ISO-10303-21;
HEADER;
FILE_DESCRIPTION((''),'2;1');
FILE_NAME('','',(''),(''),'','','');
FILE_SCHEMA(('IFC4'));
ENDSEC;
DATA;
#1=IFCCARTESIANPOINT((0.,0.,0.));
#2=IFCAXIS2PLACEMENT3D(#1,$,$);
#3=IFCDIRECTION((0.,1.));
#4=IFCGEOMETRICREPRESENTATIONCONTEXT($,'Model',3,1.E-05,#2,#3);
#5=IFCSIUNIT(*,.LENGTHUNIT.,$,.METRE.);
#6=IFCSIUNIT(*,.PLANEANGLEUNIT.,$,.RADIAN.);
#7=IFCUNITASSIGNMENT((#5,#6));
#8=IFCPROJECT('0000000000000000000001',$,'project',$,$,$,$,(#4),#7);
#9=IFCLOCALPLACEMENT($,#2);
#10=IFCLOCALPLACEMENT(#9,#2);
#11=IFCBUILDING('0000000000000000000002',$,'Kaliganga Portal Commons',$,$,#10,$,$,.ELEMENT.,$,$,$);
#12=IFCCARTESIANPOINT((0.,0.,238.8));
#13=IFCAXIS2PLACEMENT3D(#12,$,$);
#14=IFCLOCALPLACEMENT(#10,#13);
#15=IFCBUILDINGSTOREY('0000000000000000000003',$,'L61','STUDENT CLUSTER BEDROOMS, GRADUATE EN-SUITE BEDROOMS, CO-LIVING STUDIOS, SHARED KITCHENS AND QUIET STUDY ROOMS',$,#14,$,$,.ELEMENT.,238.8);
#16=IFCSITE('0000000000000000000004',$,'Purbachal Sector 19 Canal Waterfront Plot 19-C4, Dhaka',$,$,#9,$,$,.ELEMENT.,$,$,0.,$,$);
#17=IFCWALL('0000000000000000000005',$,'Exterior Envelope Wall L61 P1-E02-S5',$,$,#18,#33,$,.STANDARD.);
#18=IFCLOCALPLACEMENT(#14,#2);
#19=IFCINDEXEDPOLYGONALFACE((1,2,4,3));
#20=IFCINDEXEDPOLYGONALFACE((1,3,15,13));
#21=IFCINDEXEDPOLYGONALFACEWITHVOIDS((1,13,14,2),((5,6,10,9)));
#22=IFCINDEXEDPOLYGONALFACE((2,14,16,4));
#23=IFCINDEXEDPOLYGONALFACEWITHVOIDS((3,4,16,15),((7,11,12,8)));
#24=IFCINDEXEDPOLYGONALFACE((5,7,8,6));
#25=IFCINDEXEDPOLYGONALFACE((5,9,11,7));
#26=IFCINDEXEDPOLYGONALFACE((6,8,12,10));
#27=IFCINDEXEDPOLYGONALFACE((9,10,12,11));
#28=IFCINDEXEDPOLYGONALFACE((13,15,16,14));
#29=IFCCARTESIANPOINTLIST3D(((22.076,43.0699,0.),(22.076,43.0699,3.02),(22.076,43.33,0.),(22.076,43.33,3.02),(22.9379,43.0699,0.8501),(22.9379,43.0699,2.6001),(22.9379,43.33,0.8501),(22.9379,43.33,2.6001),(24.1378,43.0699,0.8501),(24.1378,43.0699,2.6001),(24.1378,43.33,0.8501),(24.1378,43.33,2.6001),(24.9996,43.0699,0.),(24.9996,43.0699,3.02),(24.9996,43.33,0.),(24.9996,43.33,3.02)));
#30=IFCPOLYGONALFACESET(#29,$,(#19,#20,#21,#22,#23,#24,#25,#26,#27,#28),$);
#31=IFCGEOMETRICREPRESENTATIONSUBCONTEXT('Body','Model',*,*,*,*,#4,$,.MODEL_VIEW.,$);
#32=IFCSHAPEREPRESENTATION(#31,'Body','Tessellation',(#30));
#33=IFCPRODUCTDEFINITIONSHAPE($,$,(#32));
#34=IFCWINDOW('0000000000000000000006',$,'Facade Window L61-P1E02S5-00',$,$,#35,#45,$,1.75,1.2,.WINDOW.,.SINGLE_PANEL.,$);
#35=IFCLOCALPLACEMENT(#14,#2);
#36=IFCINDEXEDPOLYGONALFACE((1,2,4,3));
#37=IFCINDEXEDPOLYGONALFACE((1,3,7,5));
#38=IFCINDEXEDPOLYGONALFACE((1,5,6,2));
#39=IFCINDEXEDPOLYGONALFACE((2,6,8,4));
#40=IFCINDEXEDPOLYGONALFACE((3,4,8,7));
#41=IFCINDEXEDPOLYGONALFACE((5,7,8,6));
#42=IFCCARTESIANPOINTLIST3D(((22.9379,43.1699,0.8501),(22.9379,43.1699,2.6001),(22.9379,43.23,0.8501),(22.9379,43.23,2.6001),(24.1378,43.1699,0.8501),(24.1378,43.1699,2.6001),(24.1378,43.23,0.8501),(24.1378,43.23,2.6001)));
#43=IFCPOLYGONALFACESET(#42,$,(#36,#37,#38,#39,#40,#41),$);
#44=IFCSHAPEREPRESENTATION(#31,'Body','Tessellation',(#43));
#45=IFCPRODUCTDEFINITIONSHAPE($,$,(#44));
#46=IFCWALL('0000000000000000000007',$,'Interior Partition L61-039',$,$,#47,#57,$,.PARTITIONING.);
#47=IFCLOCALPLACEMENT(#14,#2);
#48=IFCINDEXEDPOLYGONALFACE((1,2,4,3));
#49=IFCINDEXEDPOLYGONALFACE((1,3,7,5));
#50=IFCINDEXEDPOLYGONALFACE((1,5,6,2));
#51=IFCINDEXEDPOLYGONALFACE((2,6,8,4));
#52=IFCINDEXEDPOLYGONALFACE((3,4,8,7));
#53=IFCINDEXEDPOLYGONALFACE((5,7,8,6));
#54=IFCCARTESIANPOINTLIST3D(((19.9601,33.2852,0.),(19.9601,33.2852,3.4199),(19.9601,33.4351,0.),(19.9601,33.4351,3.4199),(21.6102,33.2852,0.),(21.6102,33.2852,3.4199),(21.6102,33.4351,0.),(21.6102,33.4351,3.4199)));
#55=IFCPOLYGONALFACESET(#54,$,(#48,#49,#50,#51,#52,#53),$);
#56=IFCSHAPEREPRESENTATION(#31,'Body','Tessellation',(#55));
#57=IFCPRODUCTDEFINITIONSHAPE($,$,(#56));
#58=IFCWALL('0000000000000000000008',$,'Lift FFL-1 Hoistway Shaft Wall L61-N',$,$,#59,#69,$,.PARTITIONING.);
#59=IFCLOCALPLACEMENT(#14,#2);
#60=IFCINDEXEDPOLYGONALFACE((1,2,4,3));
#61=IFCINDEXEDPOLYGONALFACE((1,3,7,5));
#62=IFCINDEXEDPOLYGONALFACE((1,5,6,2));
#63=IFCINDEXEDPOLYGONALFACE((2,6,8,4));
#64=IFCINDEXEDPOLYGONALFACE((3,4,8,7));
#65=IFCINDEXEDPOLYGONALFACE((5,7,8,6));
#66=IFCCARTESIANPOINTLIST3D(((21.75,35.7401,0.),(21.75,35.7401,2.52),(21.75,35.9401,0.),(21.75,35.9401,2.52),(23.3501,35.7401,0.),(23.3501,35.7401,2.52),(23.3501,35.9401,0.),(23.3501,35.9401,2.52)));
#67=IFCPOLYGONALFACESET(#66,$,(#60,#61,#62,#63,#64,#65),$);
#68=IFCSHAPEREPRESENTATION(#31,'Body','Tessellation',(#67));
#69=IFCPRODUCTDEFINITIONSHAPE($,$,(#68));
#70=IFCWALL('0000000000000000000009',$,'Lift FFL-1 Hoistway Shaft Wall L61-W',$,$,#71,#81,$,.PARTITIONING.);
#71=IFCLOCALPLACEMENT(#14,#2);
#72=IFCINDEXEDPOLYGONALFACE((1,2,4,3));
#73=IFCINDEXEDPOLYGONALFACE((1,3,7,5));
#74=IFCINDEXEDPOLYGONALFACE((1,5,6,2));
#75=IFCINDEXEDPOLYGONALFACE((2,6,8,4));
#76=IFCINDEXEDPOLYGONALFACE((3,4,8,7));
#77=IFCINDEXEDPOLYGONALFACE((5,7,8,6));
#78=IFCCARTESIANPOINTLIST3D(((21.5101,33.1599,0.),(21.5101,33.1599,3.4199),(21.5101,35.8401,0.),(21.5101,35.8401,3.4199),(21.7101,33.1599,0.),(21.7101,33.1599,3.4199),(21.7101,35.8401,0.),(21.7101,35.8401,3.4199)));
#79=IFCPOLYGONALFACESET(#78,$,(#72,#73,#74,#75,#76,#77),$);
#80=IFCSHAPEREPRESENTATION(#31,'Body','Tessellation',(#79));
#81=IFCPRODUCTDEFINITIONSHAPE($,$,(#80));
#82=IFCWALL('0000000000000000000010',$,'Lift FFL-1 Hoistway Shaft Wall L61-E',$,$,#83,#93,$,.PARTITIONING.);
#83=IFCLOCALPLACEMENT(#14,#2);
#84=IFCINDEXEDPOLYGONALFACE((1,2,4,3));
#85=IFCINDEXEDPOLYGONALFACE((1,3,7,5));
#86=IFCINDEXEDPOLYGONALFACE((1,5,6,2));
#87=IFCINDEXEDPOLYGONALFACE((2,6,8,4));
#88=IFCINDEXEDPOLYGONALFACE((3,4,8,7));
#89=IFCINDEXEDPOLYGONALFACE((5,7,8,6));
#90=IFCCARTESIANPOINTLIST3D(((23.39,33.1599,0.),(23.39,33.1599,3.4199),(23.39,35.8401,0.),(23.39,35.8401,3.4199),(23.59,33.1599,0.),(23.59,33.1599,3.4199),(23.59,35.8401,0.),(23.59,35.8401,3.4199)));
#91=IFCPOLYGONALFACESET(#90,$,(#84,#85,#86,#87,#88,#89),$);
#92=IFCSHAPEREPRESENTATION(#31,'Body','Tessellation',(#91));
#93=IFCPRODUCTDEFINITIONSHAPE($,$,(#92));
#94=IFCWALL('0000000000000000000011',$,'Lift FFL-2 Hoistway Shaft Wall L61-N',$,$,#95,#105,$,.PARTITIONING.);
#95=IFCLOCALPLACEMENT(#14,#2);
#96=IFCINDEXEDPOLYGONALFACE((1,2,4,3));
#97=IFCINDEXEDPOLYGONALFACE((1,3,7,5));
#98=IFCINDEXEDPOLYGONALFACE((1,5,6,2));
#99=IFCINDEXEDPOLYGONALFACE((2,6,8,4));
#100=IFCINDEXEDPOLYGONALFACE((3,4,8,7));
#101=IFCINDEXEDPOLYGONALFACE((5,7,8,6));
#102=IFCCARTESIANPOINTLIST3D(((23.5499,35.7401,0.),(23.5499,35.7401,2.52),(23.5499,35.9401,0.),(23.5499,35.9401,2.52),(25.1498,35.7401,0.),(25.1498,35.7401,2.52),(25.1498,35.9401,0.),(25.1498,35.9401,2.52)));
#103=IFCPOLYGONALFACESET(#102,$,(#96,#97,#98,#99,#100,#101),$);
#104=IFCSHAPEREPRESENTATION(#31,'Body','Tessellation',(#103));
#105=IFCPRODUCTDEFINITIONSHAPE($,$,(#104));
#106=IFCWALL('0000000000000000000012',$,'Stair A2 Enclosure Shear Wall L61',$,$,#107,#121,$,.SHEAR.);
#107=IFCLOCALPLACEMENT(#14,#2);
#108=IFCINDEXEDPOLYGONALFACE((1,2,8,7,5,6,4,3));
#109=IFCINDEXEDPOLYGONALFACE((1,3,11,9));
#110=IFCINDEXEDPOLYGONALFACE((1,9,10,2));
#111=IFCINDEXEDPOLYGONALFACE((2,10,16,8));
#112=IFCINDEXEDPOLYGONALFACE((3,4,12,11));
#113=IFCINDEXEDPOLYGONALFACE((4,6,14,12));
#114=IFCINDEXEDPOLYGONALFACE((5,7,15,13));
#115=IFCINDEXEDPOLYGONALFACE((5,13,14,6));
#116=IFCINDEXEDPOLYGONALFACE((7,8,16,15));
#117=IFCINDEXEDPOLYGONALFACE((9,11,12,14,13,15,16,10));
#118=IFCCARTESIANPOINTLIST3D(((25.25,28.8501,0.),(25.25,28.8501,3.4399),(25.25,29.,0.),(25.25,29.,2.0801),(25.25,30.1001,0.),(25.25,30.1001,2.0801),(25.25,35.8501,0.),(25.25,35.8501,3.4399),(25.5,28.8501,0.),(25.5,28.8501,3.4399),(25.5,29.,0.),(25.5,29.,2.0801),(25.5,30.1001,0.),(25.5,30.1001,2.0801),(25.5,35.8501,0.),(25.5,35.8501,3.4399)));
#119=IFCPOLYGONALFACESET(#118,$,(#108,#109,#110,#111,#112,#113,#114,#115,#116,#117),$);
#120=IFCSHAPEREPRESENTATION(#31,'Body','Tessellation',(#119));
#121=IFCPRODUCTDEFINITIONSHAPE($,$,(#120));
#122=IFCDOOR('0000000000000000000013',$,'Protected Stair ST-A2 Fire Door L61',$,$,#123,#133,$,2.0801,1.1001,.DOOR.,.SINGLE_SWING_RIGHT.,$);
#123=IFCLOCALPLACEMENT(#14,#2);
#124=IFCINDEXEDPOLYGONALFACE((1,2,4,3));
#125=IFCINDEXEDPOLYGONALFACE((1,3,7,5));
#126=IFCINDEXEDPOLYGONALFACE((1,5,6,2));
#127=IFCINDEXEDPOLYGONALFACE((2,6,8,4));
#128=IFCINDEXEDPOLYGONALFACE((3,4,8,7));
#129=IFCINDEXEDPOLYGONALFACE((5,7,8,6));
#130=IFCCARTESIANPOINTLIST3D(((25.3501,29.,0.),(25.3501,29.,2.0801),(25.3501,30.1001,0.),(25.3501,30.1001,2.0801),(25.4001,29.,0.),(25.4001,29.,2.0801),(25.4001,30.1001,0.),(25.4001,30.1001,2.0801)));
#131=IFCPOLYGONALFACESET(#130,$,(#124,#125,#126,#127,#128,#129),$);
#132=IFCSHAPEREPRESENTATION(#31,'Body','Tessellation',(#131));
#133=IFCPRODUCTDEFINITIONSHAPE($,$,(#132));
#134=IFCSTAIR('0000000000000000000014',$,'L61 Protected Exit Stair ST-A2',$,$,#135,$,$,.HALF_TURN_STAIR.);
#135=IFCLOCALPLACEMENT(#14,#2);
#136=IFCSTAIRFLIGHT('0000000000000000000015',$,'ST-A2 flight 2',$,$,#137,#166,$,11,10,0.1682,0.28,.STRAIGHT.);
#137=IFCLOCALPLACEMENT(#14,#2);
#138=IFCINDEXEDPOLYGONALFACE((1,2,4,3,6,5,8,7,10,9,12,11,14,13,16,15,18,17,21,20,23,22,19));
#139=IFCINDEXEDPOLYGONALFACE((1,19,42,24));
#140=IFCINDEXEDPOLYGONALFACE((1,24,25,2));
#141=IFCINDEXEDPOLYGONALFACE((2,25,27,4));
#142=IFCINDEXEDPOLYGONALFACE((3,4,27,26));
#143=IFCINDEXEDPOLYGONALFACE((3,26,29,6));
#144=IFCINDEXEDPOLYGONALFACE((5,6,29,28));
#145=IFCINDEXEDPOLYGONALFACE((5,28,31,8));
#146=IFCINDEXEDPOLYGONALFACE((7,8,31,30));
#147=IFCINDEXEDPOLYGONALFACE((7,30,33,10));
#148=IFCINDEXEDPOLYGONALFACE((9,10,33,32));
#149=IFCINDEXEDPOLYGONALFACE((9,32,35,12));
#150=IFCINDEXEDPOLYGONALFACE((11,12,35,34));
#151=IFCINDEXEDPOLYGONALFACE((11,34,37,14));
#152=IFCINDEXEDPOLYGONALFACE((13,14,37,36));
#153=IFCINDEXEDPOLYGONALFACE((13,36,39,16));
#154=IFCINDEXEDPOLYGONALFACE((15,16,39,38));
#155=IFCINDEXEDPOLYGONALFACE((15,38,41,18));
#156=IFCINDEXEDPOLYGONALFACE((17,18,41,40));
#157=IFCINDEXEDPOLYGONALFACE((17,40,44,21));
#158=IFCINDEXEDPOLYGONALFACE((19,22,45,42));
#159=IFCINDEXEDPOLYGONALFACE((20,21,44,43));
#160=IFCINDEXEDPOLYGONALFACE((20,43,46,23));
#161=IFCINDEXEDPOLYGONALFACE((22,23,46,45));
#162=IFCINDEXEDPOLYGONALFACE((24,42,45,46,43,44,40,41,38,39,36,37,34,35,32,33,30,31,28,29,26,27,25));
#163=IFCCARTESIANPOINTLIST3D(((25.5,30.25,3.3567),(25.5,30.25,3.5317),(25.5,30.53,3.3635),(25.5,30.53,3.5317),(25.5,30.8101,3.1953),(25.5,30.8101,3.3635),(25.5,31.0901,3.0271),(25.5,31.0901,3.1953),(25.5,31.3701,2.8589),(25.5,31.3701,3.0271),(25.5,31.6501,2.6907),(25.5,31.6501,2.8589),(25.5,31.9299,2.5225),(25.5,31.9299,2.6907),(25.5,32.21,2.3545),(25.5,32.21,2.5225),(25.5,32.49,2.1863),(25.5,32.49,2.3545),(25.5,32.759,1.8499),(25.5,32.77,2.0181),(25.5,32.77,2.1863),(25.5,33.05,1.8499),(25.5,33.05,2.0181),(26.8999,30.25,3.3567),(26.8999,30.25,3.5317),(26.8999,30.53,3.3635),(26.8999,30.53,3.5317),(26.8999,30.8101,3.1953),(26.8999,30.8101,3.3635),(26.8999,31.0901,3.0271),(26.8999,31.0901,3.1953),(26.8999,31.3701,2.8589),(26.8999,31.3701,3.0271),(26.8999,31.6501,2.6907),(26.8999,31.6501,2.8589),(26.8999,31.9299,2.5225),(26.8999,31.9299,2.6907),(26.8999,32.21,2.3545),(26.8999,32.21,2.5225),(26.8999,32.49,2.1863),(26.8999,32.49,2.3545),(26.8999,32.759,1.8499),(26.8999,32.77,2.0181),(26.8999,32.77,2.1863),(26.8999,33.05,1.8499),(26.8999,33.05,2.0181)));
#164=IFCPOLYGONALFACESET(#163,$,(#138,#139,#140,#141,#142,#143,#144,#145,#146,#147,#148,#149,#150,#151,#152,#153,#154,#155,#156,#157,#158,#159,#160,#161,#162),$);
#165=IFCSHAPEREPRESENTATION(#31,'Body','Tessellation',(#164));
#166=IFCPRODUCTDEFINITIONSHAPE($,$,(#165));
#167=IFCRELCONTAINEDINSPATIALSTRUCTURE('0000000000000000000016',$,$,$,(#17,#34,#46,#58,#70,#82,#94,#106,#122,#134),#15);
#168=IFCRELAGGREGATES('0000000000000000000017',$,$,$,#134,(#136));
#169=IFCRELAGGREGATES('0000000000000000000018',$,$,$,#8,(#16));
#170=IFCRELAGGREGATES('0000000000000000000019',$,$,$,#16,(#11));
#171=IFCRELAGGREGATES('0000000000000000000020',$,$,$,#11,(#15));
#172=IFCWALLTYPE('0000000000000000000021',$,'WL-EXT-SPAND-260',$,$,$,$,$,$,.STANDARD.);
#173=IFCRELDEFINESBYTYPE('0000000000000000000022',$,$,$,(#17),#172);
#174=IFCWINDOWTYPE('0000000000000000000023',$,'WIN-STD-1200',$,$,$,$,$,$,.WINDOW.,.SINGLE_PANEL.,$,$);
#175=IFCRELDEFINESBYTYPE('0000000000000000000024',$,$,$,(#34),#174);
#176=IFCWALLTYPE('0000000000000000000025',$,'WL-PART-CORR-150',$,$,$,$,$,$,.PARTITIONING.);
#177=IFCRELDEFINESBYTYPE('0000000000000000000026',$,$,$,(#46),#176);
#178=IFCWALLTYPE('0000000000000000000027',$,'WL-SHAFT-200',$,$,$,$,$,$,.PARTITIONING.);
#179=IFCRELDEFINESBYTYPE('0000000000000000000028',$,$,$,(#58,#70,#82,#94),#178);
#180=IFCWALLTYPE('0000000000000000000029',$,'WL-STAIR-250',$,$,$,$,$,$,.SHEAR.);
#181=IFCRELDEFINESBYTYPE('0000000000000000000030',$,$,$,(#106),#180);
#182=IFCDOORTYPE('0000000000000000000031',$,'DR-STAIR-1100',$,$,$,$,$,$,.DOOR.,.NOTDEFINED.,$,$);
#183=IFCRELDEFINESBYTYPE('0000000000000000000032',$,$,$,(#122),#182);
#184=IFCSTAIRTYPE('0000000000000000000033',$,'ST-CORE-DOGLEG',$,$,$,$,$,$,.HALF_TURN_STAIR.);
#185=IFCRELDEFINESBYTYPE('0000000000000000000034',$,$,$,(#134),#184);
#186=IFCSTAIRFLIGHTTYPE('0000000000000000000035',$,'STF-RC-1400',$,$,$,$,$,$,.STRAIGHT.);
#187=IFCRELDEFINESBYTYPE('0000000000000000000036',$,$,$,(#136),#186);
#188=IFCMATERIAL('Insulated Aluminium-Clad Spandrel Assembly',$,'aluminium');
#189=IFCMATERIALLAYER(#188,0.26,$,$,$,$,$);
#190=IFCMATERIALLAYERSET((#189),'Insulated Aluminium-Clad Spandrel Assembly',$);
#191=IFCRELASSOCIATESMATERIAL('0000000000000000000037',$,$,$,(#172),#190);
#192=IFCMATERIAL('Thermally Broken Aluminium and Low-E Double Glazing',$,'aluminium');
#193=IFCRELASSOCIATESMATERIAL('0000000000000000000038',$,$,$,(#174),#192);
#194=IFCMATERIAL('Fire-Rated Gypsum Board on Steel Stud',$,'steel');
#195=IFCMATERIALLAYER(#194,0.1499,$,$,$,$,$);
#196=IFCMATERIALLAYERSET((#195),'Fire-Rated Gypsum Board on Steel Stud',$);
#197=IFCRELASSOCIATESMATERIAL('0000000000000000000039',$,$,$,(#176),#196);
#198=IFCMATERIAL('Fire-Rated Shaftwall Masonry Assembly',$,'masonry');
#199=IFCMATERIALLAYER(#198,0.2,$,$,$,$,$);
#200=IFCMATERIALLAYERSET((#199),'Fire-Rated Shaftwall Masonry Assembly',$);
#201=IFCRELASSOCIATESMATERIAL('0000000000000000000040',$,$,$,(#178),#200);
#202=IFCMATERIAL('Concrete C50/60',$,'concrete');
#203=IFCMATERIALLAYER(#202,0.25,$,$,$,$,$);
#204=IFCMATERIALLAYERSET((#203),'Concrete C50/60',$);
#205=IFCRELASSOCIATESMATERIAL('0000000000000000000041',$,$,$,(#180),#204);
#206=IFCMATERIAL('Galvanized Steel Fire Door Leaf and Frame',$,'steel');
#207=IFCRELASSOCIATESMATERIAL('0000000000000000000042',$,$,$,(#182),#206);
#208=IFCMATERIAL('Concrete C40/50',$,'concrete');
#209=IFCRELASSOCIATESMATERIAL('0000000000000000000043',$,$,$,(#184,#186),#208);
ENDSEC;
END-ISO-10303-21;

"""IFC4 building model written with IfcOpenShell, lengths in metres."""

from ifc_helpers import new_model, si_unit, direction, frame, frame_2d, origin, place, context, subcontext, project, spatial, polyline, rectangle, outline, extrude, material, layer, layer_set, type_object, element, fill, aggregate, save


model = new_model("IFC4")

# Units and contexts
model_context = context("Model", 3, precision=1e-05, world=origin(), true_north=direction((0.0, 1.0)))
body_context = subcontext(model_context, "Body", "Model", "MODEL_VIEW")
ifc_project = project(units=[si_unit("LENGTHUNIT", "METRE"), si_unit("PLANEANGLEUNIT", "RADIAN")], contexts=[model_context])

# Site, building, storey
site_placement = place(None, origin())
site = spatial("IfcSite", under=ifc_project, at=site_placement, Name="Purbachal Sector 19 Canal Waterfront Plot 19-C4, Dhaka", CompositionType="ELEMENT", RefElevation=0.0)
building_placement = place(site_placement, origin())
building = spatial("IfcBuilding", under=site, at=building_placement, Name="Kaliganga Portal Commons", CompositionType="ELEMENT")
storey_placement = place(building_placement, frame((0.0, 0.0, 238.8)))
storey = spatial("IfcBuildingStorey", under=building, at=storey_placement, Name="L61", Description="STUDENT CLUSTER BEDROOMS, GRADUATE EN-SUITE BEDROOMS, CO-LIVING STUDIOS, SHARED KITCHENS AND QUIET STUDY ROOMS", CompositionType="ELEMENT", Elevation=238.8)

# Shared definitions
ifc_material_1 = material(Name="Concrete C50/60", Category="concrete")

# Wall, opening, window
ifc_material_2 = material(Name="Insulated Aluminium-Clad Spandrel Assembly", Category="aluminium")
ifc_layer_1 = layer(ifc_material_2, 0.26)
ifc_layer_set_1 = layer_set([ifc_layer_1], Name="Insulated Aluminium-Clad Spandrel Assembly")
wall_type_1 = type_object("IfcWallType", Name="WL-EXT-SPAND-260", PredefinedType="STANDARD", material=ifc_layer_set_1)
ifc_material_3 = material(Name="Thermally Broken Aluminium and Low-E Double Glazing", Category="aluminium")
window_type = type_object("IfcWindowType", Name="WIN-STD-1200", PartitioningType="SINGLE_PANEL", PredefinedType="WINDOW", material=ifc_material_3)
wall_1_placement = place(storey_placement, frame((22.0759, 43.2, 0.0), z_axis=(0.0, 0.0, 1.0), x_axis=(1.0, 0.0, 0.0)))
wall_1 = element("IfcWall", 1, at=wall_1_placement, inside=storey, type_object=wall_type_1, Name="Exterior Envelope Wall L61 P1-E02-S5", PredefinedType="STANDARD", context=body_context, shape_type="SweptSolid", body=[
    extrude(rectangle(XDim=2.9236, YDim=0.26, at=frame_2d((1.4619, 0.0))), origin(), (0.0, 0.0, 1.0), 3.02),
])
opening_1_placement = place(wall_1_placement, frame((0.8618, 0.0, 0.8501)))
opening_1 = element("IfcOpeningElement", 2, at=opening_1_placement, cuts=wall_1, PredefinedType="OPENING", context=body_context, shape_type="SweptSolid", body=[
    extrude(rectangle(XDim=1.2, YDim=1.75, at=frame_2d((0.6001, 0.875))), frame((0.0, 0.1401, 0.0), z_axis=(0.0, -1.0, 0.0), x_axis=(1.0, 0.0, 0.0)), (0.0, 0.0, 1.0), 0.28),
])
window_1_placement = place(opening_1_placement, origin())
window_1 = element("IfcWindow", 3, at=window_1_placement, inside=storey, type_object=window_type, Name="Facade Window L61-P1E02S5-00", OverallHeight=1.75, OverallWidth=1.2, PartitioningType="SINGLE_PANEL", PredefinedType="WINDOW", context=body_context, shape_type="SweptSolid", body=[
    extrude(rectangle(XDim=1.2, YDim=1.75, at=frame_2d((0.6001, 0.875))), frame((0.0, 0.03, 0.0), z_axis=(0.0, -1.0, 0.0), x_axis=(1.0, 0.0, 0.0)), (0.0, 0.0, 1.0), 0.0601),
])
fill(opening_1, window_1)

# Wall
ifc_material_4 = material(Name="Fire-Rated Gypsum Board on Steel Stud", Category="steel")
ifc_layer_2 = layer(ifc_material_4, 0.1499)
ifc_layer_set_2 = layer_set([ifc_layer_2], Name="Fire-Rated Gypsum Board on Steel Stud")
wall_type_2 = type_object("IfcWallType", Name="WL-PART-CORR-150", PredefinedType="PARTITIONING", material=ifc_layer_set_2)
wall_2_placement = place(storey_placement, frame((19.96, 33.3601, 0.0), z_axis=(0.0, 0.0, 1.0), x_axis=(1.0, 0.0, 0.0)))
element("IfcWall", 4, at=wall_2_placement, inside=storey, type_object=wall_type_2, Name="Interior Partition L61-039", PredefinedType="PARTITIONING", context=body_context, shape_type="SweptSolid", body=[
    extrude(rectangle(XDim=1.6501, YDim=0.1499, at=frame_2d((0.8252, 0.0))), origin(), (0.0, 0.0, 1.0), 3.4199),
])

# Shared definitions
ifc_material_5 = material(Name="Fire-Rated Shaftwall Masonry Assembly", Category="masonry")
ifc_layer_3 = layer(ifc_material_5, 0.2)
ifc_layer_set_3 = layer_set([ifc_layer_3], Name="Fire-Rated Shaftwall Masonry Assembly")
wall_type_3 = type_object("IfcWallType", Name="WL-SHAFT-200", PredefinedType="PARTITIONING", material=ifc_layer_set_3)

# Walls
wall_3_placement = place(storey_placement, frame((21.75, 35.8401, 0.0), z_axis=(0.0, 0.0, 1.0), x_axis=(1.0, 0.0, 0.0)))
element("IfcWall", 5, at=wall_3_placement, inside=storey, type_object=wall_type_3, Name="Lift FFL-1 Hoistway Shaft Wall L61-N", PredefinedType="PARTITIONING", context=body_context, shape_type="SweptSolid", body=[
    extrude(rectangle(XDim=1.6001, YDim=0.2, at=frame_2d((0.8, 0.0))), origin(), (0.0, 0.0, 1.0), 2.52),
])
for number, where, z_axis, x_axis, name in (
    (6, (21.6101, 33.1599, 0.0), (0.0, 0.0, 1.0), (0.0, 1.0, 0.0), "Lift FFL-1 Hoistway Shaft Wall L61-W"),
    (7, (23.49, 33.1599, 0.0), (0.0, 0.0, 1.0), (0.0, 1.0, 0.0), "Lift FFL-1 Hoistway Shaft Wall L61-E"),
):
    element("IfcWall", number, at=place(storey_placement, frame(where, z_axis=z_axis, x_axis=x_axis)), inside=storey, type_object=wall_type_3, Name=name, PredefinedType="PARTITIONING", context=body_context, shape_type="SweptSolid", body=[
        extrude(rectangle(XDim=2.6802, YDim=0.2, at=frame_2d((1.3401, 0.0))), origin(), (0.0, 0.0, 1.0), 3.4199),
    ])

# Wall
wall_4_placement = place(storey_placement, frame((23.55, 35.8401, 0.0), z_axis=(0.0, 0.0, 1.0), x_axis=(1.0, 0.0, 0.0)))
element("IfcWall", 8, at=wall_4_placement, inside=storey, type_object=wall_type_3, Name="Lift FFL-2 Hoistway Shaft Wall L61-N", PredefinedType="PARTITIONING", context=body_context, shape_type="SweptSolid", body=[
    extrude(rectangle(XDim=1.5999, YDim=0.2, at=frame_2d((0.7998, 0.0))), origin(), (0.0, 0.0, 1.0), 2.52),
])

# Wall, opening, door
ifc_layer_4 = layer(ifc_material_1, 0.25)
ifc_layer_set_4 = layer_set([ifc_layer_4], Name="Concrete C50/60")
wall_type_4 = type_object("IfcWallType", Name="WL-STAIR-250", PredefinedType="SHEAR", material=ifc_layer_set_4)
wall_5_placement = place(storey_placement, frame((25.375, 28.8501, 0.0), z_axis=(0.0, 0.0, 1.0), x_axis=(0.0, 1.0, 0.0)))
wall_5 = element("IfcWall", 9, at=wall_5_placement, inside=storey, type_object=wall_type_4, Name="Stair A2 Enclosure Shear Wall L61", PredefinedType="SHEAR", context=body_context, shape_type="SweptSolid", body=[
    extrude(rectangle(XDim=7.0, YDim=0.25, at=frame_2d((3.5, 0.0))), origin(), (0.0, 0.0, 1.0), 3.4399),
])
opening_2_placement = place(wall_5_placement, frame((0.1499, 0.0, 0.0)))
opening_2 = element("IfcOpeningElement", 10, at=opening_2_placement, cuts=wall_5, PredefinedType="OPENING", context=body_context, shape_type="SweptSolid", body=[
    extrude(rectangle(XDim=1.1001, YDim=2.0801, at=frame_2d((0.55, 1.04))), frame((0.0, 0.135, 0.0), z_axis=(0.0, -1.0, 0.0), x_axis=(1.0, 0.0, 0.0)), (0.0, 0.0, 1.0), 0.27),
])
ifc_material_6 = material(Name="Galvanized Steel Fire Door Leaf and Frame", Category="steel")
door_type_1 = type_object("IfcDoorType", Name="DR-STAIR-1100", OperationType="NOTDEFINED", PredefinedType="DOOR", material=ifc_material_6)
door_1_placement = place(opening_2_placement, origin())
door_1 = element("IfcDoor", 11, at=door_1_placement, inside=storey, type_object=door_type_1, Name="Protected Stair ST-A2 Fire Door L61", OperationType="SINGLE_SWING_RIGHT", OverallHeight=2.0801, OverallWidth=1.1001, PredefinedType="DOOR", context=body_context, shape_type="SweptSolid", body=[
    extrude(rectangle(XDim=1.1001, YDim=2.0801, at=frame_2d((0.55, 1.04))), frame((0.0, 0.0249, 0.0), z_axis=(0.0, -1.0, 0.0), x_axis=(1.0, 0.0, 0.0)), (0.0, 0.0, 1.0), 0.05),
])
fill(opening_2, door_1)

# Stair, stair flight
ifc_material_7 = material(Name="Concrete C40/50", Category="concrete")
stair_type = type_object("IfcStairType", Name="ST-CORE-DOGLEG", PredefinedType="HALF_TURN_STAIR", material=ifc_material_7)
stair_placement = place(storey_placement, origin())
stair = element("IfcStair", 12, at=stair_placement, inside=storey, type_object=stair_type, Name="L61 Protected Exit Stair ST-A2", PredefinedType="HALF_TURN_STAIR")
stair_flight_type = type_object("IfcStairFlightType", Name="STF-RC-1400", PredefinedType="STRAIGHT", material=ifc_material_7)
stair_flight_placement = place(storey_placement, frame((26.2, 33.05, 1.8499), z_axis=(0.0, 0.0, 1.0), x_axis=(0.0, -1.0, 0.0)))
stair_flight = element("IfcStairFlight", 13, at=stair_flight_placement, type_object=stair_flight_type, Name="ST-A2 flight 2", NumberOfRisers=11, NumberOfTreads=10, PredefinedType="STRAIGHT", RiserHeight=0.1682, TreadLength=0.28, context=body_context, shape_type="SweptSolid", body=[
    extrude(outline(polyline([(0.0, 0.0), (0.0, 0.1682), (0.28, 0.1682), (0.28, 0.3364), (0.5601, 0.3364), (0.5601, 0.5046), (0.8401, 0.5046), (0.8401, 0.6726), (1.1201, 0.6726), (1.1201, 0.8408), (1.3999, 0.8408), (1.3999, 1.009), (1.6799, 1.009), (1.6799, 1.1772), (1.96, 1.1772), (1.96, 1.3455), (2.24, 1.3455), (2.24, 1.5137), (2.52, 1.5137), (2.52, 1.6819), (2.8, 1.6819), (2.8, 1.8501), (2.8, 1.5068), (0.291, 0.0), (0.0, 0.0)])), frame((0.0, 0.7, 0.0), z_axis=(0.0, -1.0, 0.0), x_axis=(1.0, 0.0, 0.0)), (0.0, 0.0, 1.0), 1.3999),
])
aggregate(stair, [stair_flight])

save(model, "model.ifc")
